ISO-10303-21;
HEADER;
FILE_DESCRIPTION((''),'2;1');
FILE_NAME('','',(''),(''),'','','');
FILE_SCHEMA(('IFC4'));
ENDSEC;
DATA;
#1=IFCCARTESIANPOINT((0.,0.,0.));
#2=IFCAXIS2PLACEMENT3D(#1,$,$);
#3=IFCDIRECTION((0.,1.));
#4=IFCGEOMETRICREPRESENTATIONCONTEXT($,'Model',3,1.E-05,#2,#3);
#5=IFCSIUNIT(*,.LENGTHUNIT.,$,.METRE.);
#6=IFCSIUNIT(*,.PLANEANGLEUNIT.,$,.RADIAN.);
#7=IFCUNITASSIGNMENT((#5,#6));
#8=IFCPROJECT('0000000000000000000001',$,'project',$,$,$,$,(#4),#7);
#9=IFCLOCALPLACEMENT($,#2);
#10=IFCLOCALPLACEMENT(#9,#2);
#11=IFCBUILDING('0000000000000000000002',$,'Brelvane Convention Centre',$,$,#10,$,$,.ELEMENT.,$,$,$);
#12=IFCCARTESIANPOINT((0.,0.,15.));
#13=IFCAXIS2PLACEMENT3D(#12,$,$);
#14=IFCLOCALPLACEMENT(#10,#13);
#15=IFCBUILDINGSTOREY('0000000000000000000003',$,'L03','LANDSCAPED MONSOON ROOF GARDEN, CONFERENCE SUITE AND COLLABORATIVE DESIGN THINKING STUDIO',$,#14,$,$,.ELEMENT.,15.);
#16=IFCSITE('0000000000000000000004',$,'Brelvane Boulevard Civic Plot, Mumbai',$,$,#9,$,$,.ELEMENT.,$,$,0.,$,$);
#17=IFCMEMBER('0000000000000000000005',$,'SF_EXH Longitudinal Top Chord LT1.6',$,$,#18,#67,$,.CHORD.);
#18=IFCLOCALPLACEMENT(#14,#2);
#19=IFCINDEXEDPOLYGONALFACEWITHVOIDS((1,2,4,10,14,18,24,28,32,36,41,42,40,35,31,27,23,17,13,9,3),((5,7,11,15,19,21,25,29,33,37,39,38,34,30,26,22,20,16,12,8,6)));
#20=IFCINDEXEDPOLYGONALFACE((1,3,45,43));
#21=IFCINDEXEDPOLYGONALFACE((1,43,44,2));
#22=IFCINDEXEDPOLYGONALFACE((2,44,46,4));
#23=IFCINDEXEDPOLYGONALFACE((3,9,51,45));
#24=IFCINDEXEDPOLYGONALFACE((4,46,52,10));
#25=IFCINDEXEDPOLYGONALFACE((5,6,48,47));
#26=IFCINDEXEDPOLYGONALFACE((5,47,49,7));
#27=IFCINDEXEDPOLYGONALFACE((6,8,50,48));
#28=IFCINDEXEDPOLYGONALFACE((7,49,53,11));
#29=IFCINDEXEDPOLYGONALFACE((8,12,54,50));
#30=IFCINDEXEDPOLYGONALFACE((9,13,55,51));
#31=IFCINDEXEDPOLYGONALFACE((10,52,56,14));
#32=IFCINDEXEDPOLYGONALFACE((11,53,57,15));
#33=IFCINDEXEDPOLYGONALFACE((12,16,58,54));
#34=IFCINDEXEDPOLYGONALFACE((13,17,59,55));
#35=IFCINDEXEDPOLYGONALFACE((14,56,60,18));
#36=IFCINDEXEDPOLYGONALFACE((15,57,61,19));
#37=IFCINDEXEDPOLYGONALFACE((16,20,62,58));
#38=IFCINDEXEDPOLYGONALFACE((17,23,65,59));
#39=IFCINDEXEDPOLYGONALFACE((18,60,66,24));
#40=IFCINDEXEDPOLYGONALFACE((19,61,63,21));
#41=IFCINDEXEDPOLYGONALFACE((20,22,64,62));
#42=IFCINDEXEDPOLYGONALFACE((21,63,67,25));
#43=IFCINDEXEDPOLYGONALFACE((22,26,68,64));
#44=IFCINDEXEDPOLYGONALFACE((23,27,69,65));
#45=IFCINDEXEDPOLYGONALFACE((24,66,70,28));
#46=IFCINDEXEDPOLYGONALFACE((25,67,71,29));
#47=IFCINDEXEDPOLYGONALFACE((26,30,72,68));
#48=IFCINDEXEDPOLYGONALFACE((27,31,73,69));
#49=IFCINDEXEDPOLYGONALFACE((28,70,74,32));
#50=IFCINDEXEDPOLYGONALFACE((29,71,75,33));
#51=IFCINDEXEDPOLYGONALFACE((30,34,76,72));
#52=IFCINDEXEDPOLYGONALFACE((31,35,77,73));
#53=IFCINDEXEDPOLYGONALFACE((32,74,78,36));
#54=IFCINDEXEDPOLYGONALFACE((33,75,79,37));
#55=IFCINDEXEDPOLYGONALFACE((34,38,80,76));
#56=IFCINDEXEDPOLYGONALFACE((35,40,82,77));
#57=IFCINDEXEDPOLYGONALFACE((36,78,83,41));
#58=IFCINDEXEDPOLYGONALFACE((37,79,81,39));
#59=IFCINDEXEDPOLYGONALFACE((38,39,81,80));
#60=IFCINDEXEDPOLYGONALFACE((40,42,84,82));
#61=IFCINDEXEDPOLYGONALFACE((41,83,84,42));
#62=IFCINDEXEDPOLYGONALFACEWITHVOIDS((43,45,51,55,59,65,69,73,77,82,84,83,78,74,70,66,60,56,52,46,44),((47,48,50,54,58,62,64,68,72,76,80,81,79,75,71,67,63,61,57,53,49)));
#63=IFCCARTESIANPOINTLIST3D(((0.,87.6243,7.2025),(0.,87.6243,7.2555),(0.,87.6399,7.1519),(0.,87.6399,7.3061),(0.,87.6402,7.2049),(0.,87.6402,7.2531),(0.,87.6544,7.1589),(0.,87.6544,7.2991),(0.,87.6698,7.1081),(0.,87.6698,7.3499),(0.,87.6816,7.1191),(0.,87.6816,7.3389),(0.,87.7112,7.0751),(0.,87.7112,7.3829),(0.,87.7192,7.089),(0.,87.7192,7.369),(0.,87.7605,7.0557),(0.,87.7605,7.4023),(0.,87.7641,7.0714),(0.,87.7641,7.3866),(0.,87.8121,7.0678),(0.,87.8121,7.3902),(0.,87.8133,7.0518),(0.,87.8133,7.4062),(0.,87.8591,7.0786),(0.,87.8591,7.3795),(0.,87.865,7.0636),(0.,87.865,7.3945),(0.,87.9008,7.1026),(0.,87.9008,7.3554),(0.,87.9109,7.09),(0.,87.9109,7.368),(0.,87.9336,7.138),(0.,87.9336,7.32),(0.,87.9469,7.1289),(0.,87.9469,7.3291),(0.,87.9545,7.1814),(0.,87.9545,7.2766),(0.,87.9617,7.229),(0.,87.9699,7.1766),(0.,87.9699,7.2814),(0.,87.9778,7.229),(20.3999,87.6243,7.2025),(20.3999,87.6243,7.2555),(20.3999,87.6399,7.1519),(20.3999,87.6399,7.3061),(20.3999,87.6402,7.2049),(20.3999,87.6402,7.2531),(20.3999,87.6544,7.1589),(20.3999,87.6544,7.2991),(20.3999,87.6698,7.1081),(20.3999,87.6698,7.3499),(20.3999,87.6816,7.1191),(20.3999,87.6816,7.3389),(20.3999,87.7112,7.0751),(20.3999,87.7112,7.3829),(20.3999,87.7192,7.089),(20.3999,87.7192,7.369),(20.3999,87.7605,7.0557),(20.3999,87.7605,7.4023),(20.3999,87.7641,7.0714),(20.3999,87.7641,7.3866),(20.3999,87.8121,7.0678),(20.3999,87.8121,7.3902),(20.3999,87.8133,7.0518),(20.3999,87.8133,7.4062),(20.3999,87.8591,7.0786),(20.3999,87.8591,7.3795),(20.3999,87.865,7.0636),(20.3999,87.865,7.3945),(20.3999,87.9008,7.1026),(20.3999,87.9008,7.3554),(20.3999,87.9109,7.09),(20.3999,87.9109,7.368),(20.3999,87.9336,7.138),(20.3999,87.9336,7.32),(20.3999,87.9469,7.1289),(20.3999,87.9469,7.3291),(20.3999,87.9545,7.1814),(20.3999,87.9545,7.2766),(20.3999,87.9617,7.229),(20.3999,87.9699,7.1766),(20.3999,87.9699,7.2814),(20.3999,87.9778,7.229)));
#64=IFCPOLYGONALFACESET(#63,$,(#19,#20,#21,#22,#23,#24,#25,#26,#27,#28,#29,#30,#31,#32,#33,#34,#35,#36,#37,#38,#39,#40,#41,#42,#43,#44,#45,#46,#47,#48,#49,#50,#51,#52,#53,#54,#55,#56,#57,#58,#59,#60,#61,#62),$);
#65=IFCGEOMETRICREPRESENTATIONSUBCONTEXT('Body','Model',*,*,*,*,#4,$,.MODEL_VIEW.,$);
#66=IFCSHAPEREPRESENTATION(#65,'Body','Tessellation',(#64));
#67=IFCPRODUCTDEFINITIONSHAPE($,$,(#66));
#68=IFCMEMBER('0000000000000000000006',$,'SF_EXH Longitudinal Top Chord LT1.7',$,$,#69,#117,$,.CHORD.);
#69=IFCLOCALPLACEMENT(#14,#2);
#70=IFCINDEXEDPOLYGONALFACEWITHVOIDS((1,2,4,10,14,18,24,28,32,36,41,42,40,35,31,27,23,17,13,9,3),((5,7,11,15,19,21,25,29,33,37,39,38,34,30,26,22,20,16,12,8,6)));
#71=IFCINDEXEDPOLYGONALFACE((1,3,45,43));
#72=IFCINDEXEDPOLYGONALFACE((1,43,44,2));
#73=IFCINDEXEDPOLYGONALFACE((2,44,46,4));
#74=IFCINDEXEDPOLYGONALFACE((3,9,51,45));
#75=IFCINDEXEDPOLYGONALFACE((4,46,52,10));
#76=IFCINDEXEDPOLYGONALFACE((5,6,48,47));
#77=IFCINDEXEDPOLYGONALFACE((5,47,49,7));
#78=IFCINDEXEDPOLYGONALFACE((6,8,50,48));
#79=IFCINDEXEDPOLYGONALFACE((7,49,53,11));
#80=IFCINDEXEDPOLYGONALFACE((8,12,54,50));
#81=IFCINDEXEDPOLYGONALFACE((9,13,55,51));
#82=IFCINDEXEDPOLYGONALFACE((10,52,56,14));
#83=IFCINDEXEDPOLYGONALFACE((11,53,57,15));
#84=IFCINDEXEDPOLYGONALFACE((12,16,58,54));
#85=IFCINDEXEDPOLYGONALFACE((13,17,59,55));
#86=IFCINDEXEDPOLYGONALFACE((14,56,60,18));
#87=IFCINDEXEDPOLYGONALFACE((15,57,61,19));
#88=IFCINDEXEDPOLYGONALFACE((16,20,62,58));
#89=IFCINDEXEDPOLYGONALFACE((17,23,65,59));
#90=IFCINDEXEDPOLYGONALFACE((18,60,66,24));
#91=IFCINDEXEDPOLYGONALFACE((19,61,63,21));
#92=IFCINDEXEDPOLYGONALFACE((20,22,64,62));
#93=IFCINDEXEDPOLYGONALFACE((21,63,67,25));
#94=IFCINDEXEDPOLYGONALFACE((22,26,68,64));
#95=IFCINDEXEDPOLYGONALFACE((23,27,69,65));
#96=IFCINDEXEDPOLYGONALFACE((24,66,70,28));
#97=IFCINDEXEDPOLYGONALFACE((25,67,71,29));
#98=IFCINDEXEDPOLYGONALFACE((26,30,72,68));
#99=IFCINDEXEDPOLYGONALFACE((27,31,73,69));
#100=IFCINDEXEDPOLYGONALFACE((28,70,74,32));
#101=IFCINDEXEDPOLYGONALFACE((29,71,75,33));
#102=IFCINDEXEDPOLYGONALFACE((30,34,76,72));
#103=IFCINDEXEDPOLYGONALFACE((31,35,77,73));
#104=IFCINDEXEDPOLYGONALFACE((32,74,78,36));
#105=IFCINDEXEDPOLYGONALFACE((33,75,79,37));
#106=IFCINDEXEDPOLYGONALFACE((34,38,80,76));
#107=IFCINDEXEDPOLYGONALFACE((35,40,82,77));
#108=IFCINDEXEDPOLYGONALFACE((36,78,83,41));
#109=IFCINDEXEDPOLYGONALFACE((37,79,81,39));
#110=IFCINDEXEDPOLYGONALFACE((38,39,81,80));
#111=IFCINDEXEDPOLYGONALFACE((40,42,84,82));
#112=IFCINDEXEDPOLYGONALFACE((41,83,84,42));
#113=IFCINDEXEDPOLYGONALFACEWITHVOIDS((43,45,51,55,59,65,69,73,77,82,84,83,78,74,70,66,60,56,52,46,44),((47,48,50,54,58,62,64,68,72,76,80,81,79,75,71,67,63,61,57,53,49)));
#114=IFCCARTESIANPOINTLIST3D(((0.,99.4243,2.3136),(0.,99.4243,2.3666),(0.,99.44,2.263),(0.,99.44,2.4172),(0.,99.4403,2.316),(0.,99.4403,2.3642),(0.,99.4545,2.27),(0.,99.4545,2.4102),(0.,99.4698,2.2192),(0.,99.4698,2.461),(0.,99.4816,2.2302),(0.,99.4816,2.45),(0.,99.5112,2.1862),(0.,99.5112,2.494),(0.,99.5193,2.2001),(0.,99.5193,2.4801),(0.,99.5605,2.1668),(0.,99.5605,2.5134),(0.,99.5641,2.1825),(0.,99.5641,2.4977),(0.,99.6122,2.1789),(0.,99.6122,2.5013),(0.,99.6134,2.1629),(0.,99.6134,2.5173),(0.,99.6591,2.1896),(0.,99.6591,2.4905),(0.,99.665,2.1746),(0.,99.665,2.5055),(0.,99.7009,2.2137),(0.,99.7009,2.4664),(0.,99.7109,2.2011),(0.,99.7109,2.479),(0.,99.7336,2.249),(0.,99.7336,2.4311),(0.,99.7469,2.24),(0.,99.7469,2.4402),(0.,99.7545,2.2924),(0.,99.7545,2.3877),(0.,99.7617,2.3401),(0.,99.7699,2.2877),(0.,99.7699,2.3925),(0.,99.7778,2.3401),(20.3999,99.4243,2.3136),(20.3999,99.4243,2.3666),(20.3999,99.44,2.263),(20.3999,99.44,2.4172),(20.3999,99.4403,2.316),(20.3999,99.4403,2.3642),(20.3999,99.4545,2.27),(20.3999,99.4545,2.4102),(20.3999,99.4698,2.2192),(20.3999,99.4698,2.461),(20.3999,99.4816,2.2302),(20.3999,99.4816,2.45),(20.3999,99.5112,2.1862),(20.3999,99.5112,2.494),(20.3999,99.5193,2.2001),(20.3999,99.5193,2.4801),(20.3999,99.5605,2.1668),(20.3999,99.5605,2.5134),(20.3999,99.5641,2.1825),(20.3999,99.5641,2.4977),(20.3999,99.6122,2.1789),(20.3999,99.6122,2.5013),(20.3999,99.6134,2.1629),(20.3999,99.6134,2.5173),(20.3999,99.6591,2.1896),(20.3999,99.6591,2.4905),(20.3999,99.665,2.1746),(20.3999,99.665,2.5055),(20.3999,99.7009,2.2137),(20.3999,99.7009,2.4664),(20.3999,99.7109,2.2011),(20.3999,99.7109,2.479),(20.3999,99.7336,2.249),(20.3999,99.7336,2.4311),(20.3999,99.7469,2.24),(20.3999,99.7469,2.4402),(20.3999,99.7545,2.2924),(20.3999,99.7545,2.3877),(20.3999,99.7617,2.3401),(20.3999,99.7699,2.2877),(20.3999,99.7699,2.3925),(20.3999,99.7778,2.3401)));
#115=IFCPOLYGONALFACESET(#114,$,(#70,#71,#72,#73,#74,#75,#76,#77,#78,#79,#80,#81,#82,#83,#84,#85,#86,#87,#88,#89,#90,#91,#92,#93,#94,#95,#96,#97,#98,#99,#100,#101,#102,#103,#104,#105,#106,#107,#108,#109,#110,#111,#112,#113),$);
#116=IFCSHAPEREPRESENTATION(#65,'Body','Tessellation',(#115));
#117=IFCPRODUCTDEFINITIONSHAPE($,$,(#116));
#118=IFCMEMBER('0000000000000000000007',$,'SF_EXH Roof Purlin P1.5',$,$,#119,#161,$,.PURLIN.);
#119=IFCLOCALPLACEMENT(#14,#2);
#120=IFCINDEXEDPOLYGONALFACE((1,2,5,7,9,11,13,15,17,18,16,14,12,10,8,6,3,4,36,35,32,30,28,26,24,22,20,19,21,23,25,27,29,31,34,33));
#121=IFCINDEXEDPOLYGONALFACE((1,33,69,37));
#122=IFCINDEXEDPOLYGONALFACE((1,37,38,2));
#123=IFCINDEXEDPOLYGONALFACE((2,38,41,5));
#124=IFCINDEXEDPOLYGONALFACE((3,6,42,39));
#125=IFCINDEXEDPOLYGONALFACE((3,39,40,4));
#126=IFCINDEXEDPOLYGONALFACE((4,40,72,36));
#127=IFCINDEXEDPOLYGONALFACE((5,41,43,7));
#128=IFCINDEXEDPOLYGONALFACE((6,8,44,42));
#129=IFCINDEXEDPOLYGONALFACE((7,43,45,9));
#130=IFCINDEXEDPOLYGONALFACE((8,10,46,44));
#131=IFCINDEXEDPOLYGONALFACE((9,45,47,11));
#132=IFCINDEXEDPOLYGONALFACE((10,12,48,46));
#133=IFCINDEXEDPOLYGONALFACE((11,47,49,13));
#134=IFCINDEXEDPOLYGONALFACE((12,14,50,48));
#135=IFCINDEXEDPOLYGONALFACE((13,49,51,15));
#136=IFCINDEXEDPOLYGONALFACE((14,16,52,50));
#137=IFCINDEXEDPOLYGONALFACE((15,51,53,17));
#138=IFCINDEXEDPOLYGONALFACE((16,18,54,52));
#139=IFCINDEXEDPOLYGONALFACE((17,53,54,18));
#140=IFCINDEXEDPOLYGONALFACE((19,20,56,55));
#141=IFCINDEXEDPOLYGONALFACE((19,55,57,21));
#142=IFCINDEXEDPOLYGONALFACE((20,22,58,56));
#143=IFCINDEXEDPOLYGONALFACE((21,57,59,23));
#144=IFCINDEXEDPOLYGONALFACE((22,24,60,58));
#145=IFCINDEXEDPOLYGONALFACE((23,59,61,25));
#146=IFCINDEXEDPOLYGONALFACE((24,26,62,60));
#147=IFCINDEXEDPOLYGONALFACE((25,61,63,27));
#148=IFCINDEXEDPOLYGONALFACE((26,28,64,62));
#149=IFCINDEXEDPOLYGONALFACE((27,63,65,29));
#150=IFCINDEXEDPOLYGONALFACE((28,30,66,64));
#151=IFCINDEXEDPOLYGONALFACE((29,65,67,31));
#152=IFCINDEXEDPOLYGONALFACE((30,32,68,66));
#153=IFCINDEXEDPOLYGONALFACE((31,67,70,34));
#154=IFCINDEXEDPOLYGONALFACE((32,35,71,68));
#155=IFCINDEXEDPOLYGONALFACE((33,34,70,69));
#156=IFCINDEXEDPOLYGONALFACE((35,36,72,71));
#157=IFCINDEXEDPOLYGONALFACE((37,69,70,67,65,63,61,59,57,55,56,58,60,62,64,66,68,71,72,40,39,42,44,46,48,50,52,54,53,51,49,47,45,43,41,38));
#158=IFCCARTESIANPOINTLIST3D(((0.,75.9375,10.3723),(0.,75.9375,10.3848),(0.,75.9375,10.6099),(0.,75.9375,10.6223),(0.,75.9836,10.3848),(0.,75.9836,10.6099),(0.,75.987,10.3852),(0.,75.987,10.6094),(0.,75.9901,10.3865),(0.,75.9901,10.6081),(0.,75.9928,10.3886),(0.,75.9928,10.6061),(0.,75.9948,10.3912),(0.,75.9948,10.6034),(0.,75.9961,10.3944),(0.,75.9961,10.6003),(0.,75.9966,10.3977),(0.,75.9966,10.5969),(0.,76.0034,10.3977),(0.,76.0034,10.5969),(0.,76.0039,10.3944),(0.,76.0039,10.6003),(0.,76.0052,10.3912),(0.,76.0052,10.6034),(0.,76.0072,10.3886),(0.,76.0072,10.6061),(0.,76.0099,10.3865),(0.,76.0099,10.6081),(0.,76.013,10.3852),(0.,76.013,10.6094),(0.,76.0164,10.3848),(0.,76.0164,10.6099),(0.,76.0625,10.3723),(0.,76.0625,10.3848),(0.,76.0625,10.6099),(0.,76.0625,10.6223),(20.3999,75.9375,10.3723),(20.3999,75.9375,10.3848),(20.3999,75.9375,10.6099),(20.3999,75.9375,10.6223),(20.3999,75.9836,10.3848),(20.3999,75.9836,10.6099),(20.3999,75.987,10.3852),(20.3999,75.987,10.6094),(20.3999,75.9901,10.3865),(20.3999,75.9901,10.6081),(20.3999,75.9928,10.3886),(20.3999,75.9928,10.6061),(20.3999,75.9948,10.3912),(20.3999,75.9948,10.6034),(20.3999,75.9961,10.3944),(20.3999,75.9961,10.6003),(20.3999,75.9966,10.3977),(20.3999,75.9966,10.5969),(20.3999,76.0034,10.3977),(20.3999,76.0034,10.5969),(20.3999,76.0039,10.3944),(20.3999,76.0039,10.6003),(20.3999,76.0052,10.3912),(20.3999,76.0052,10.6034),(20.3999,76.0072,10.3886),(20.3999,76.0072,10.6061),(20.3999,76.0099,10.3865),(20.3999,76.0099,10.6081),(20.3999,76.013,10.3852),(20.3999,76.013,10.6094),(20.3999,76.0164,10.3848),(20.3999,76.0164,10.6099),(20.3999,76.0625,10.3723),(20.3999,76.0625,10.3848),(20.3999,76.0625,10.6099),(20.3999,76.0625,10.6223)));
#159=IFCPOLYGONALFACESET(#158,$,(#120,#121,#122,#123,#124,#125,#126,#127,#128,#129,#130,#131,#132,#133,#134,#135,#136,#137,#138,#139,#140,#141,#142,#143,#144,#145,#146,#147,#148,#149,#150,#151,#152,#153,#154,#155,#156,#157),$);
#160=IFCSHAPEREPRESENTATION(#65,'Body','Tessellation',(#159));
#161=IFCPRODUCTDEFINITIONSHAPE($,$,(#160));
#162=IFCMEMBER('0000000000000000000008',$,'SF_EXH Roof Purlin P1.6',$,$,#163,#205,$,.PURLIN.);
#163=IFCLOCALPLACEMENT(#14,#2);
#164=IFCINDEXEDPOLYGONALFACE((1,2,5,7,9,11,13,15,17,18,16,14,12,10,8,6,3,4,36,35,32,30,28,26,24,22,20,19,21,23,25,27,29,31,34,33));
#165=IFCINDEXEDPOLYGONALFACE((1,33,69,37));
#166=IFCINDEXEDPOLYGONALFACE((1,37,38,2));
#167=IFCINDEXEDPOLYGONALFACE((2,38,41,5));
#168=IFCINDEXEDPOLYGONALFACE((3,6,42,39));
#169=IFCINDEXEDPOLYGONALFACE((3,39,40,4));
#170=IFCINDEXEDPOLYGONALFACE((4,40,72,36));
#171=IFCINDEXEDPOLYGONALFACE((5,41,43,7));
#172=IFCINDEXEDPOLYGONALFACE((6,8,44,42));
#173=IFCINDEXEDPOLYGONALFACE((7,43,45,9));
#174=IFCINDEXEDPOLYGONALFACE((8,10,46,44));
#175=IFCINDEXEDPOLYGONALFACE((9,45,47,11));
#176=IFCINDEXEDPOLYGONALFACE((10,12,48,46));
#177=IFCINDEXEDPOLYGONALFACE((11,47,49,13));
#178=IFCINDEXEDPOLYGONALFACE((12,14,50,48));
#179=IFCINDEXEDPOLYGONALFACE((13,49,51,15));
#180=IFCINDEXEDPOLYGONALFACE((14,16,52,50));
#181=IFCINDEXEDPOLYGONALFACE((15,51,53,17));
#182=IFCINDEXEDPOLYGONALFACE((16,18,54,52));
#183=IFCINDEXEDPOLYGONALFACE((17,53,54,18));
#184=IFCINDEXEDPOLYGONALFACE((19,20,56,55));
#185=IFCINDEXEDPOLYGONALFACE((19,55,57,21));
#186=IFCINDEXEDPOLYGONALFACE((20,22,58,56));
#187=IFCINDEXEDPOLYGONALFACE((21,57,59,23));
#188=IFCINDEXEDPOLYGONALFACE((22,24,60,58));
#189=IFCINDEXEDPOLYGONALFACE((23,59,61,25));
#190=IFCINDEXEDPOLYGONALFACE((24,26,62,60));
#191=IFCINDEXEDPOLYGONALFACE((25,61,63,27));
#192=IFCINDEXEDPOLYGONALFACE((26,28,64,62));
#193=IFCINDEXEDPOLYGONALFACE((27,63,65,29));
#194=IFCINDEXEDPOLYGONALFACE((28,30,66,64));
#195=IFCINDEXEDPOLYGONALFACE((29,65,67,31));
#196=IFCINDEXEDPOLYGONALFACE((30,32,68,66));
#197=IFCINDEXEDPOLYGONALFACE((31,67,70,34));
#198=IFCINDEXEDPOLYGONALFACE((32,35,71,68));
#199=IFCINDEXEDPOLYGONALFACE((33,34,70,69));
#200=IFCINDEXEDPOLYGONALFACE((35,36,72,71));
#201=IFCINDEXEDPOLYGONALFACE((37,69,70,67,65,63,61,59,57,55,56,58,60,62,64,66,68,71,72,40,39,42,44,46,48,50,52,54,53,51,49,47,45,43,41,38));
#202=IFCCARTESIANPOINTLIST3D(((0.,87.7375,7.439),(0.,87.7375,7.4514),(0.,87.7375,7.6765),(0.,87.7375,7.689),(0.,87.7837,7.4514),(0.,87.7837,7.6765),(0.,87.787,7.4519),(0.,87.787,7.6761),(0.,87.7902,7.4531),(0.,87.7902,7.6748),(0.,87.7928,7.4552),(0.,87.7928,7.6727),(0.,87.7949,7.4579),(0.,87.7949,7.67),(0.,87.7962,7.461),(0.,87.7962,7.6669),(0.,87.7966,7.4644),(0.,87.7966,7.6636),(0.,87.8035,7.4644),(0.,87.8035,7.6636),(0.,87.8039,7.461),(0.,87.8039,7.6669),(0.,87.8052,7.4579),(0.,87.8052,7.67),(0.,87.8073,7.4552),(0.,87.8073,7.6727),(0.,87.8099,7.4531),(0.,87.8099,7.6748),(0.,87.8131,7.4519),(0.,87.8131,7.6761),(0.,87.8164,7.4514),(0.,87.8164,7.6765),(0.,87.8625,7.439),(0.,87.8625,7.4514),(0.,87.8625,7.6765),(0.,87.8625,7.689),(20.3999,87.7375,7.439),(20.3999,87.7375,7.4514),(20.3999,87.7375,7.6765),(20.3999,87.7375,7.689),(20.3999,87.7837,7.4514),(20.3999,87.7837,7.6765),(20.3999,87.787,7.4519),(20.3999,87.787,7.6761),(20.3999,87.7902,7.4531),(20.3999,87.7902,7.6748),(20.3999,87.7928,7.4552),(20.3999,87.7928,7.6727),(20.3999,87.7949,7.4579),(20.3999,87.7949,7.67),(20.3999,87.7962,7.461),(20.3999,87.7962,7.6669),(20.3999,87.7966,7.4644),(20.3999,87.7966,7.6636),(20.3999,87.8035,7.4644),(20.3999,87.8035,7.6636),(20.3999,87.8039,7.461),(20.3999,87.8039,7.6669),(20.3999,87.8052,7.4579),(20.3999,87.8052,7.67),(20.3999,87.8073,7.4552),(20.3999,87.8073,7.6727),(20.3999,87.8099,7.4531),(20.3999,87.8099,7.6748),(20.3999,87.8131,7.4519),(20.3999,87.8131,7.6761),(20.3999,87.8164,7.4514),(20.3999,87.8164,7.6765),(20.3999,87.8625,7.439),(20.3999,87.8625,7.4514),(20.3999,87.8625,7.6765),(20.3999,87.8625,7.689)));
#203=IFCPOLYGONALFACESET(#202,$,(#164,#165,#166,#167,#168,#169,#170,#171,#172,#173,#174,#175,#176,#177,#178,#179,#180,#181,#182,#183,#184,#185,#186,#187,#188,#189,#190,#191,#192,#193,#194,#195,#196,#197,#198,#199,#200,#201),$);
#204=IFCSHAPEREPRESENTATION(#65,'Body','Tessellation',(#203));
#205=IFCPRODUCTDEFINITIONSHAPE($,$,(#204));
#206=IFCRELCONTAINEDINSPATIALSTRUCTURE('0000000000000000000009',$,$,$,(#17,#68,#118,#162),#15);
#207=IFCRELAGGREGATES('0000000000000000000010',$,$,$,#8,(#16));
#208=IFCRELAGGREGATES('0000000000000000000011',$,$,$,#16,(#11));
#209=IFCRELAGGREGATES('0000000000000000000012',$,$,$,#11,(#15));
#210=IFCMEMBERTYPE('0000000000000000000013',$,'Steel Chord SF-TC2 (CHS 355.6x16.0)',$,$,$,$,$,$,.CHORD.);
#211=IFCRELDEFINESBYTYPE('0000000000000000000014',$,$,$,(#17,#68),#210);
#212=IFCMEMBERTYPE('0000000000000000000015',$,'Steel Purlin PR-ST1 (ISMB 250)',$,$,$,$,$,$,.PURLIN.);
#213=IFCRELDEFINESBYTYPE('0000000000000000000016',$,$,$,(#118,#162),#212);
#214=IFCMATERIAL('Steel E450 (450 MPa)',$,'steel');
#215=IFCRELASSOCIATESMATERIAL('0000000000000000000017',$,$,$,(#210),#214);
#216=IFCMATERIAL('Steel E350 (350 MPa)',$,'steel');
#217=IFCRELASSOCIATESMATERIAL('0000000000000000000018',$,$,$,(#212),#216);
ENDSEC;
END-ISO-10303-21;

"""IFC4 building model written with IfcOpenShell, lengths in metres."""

from ifc_helpers import new_model, si_unit, direction, frame, origin, origin_2d, place, context, subcontext, project, spatial, hollow_circle, i_section, extrude, material, material_profile, profile_set, type_object, element, save


model = new_model("IFC4")

# Units and contexts
model_context = context("Model", 3, precision=1e-05, world=origin(), true_north=direction((0.0, 1.0)))
body_context = subcontext(model_context, "Body", "Model", "MODEL_VIEW")
ifc_project = project(units=[si_unit("LENGTHUNIT", "METRE"), si_unit("PLANEANGLEUNIT", "RADIAN")], contexts=[model_context])

# Site, building, storey
site_placement = place(None, origin())
site = spatial("IfcSite", under=ifc_project, at=site_placement, Name="Brelvane Boulevard Civic Plot, Mumbai", CompositionType="ELEMENT", RefElevation=0.0)
building_placement = place(site_placement, origin())
building = spatial("IfcBuilding", under=site, at=building_placement, Name="Brelvane Convention Centre", CompositionType="ELEMENT")
storey_placement = place(building_placement, frame((0.0, 0.0, 15.0)))
storey = spatial("IfcBuildingStorey", under=building, at=storey_placement, Name="L03", Description="LANDSCAPED MONSOON ROOF GARDEN, CONFERENCE SUITE AND COLLABORATIVE DESIGN THINKING STUDIO", CompositionType="ELEMENT", Elevation=15.0)

# Members
ifc_material_1 = material(Name="Steel E450 (450 MPa)", Category="steel")
ifc_material_profile_1 = material_profile(ifc_material_1, hollow_circle(Radius=0.1777, WallThickness=0.0161, at=origin_2d()), Name="CHS 355.6x16.0")
ifc_profile_set_1 = profile_set([ifc_material_profile_1], Name="Steel E450 (450 MPa)")
member_type_1 = type_object("IfcMemberType", Name="Steel Chord SF-TC2 (CHS 355.6x16.0)", PredefinedType="CHORD", material=ifc_profile_set_1)
for number, where, z_axis, x_axis, name in (
    (1, (0.0, 87.8, 7.229), (1.0, 0.0, 0.0), (0.0, 1.0, 0.0), "SF_EXH Longitudinal Top Chord LT1.6"),
    (2, (0.0, 99.6001, 2.3401), (1.0, 0.0, 0.0), (0.0, 1.0, 0.0), "SF_EXH Longitudinal Top Chord LT1.7"),
):
    element("IfcMember", number, at=place(storey_placement, frame(where, z_axis=z_axis, x_axis=x_axis)), inside=storey, type_object=member_type_1, Name=name, PredefinedType="CHORD", context=body_context, shape_type="SweptSolid", body=[
        extrude(hollow_circle(Radius=0.1777, WallThickness=0.0161, at=origin_2d()), origin(), (0.0, 0.0, 1.0), 20.3999),
    ])
ifc_material_2 = material(Name="Steel E350 (350 MPa)", Category="steel")
ifc_material_profile_2 = material_profile(ifc_material_2, i_section(OverallWidth=0.125, OverallDepth=0.25, WebThickness=0.0068, FlangeThickness=0.0125, FilletRadius=0.0129, at=origin_2d()), Name="ISMB 250")
ifc_profile_set_2 = profile_set([ifc_material_profile_2], Name="Steel E350 (350 MPa)")
member_type_2 = type_object("IfcMemberType", Name="Steel Purlin PR-ST1 (ISMB 250)", PredefinedType="PURLIN", material=ifc_profile_set_2)
for number, where, z_axis, x_axis, name in (
    (3, (0.0, 76.0, 10.4973), (1.0, 0.0, 0.0), (0.0, 1.0, 0.0), "SF_EXH Roof Purlin P1.5"),
    (4, (0.0, 87.8, 7.564), (1.0, 0.0, 0.0), (0.0, 1.0, 0.0), "SF_EXH Roof Purlin P1.6"),
):
    element("IfcMember", number, at=place(storey_placement, frame(where, z_axis=z_axis, x_axis=x_axis)), inside=storey, type_object=member_type_2, Name=name, PredefinedType="PURLIN", context=body_context, shape_type="SweptSolid", body=[
        extrude(i_section(OverallWidth=0.125, OverallDepth=0.25, WebThickness=0.0068, FlangeThickness=0.0125, FilletRadius=0.0129, at=origin_2d()), origin(), (0.0, 0.0, 1.0), 20.3999),
    ])

save(model, "model.ifc")
